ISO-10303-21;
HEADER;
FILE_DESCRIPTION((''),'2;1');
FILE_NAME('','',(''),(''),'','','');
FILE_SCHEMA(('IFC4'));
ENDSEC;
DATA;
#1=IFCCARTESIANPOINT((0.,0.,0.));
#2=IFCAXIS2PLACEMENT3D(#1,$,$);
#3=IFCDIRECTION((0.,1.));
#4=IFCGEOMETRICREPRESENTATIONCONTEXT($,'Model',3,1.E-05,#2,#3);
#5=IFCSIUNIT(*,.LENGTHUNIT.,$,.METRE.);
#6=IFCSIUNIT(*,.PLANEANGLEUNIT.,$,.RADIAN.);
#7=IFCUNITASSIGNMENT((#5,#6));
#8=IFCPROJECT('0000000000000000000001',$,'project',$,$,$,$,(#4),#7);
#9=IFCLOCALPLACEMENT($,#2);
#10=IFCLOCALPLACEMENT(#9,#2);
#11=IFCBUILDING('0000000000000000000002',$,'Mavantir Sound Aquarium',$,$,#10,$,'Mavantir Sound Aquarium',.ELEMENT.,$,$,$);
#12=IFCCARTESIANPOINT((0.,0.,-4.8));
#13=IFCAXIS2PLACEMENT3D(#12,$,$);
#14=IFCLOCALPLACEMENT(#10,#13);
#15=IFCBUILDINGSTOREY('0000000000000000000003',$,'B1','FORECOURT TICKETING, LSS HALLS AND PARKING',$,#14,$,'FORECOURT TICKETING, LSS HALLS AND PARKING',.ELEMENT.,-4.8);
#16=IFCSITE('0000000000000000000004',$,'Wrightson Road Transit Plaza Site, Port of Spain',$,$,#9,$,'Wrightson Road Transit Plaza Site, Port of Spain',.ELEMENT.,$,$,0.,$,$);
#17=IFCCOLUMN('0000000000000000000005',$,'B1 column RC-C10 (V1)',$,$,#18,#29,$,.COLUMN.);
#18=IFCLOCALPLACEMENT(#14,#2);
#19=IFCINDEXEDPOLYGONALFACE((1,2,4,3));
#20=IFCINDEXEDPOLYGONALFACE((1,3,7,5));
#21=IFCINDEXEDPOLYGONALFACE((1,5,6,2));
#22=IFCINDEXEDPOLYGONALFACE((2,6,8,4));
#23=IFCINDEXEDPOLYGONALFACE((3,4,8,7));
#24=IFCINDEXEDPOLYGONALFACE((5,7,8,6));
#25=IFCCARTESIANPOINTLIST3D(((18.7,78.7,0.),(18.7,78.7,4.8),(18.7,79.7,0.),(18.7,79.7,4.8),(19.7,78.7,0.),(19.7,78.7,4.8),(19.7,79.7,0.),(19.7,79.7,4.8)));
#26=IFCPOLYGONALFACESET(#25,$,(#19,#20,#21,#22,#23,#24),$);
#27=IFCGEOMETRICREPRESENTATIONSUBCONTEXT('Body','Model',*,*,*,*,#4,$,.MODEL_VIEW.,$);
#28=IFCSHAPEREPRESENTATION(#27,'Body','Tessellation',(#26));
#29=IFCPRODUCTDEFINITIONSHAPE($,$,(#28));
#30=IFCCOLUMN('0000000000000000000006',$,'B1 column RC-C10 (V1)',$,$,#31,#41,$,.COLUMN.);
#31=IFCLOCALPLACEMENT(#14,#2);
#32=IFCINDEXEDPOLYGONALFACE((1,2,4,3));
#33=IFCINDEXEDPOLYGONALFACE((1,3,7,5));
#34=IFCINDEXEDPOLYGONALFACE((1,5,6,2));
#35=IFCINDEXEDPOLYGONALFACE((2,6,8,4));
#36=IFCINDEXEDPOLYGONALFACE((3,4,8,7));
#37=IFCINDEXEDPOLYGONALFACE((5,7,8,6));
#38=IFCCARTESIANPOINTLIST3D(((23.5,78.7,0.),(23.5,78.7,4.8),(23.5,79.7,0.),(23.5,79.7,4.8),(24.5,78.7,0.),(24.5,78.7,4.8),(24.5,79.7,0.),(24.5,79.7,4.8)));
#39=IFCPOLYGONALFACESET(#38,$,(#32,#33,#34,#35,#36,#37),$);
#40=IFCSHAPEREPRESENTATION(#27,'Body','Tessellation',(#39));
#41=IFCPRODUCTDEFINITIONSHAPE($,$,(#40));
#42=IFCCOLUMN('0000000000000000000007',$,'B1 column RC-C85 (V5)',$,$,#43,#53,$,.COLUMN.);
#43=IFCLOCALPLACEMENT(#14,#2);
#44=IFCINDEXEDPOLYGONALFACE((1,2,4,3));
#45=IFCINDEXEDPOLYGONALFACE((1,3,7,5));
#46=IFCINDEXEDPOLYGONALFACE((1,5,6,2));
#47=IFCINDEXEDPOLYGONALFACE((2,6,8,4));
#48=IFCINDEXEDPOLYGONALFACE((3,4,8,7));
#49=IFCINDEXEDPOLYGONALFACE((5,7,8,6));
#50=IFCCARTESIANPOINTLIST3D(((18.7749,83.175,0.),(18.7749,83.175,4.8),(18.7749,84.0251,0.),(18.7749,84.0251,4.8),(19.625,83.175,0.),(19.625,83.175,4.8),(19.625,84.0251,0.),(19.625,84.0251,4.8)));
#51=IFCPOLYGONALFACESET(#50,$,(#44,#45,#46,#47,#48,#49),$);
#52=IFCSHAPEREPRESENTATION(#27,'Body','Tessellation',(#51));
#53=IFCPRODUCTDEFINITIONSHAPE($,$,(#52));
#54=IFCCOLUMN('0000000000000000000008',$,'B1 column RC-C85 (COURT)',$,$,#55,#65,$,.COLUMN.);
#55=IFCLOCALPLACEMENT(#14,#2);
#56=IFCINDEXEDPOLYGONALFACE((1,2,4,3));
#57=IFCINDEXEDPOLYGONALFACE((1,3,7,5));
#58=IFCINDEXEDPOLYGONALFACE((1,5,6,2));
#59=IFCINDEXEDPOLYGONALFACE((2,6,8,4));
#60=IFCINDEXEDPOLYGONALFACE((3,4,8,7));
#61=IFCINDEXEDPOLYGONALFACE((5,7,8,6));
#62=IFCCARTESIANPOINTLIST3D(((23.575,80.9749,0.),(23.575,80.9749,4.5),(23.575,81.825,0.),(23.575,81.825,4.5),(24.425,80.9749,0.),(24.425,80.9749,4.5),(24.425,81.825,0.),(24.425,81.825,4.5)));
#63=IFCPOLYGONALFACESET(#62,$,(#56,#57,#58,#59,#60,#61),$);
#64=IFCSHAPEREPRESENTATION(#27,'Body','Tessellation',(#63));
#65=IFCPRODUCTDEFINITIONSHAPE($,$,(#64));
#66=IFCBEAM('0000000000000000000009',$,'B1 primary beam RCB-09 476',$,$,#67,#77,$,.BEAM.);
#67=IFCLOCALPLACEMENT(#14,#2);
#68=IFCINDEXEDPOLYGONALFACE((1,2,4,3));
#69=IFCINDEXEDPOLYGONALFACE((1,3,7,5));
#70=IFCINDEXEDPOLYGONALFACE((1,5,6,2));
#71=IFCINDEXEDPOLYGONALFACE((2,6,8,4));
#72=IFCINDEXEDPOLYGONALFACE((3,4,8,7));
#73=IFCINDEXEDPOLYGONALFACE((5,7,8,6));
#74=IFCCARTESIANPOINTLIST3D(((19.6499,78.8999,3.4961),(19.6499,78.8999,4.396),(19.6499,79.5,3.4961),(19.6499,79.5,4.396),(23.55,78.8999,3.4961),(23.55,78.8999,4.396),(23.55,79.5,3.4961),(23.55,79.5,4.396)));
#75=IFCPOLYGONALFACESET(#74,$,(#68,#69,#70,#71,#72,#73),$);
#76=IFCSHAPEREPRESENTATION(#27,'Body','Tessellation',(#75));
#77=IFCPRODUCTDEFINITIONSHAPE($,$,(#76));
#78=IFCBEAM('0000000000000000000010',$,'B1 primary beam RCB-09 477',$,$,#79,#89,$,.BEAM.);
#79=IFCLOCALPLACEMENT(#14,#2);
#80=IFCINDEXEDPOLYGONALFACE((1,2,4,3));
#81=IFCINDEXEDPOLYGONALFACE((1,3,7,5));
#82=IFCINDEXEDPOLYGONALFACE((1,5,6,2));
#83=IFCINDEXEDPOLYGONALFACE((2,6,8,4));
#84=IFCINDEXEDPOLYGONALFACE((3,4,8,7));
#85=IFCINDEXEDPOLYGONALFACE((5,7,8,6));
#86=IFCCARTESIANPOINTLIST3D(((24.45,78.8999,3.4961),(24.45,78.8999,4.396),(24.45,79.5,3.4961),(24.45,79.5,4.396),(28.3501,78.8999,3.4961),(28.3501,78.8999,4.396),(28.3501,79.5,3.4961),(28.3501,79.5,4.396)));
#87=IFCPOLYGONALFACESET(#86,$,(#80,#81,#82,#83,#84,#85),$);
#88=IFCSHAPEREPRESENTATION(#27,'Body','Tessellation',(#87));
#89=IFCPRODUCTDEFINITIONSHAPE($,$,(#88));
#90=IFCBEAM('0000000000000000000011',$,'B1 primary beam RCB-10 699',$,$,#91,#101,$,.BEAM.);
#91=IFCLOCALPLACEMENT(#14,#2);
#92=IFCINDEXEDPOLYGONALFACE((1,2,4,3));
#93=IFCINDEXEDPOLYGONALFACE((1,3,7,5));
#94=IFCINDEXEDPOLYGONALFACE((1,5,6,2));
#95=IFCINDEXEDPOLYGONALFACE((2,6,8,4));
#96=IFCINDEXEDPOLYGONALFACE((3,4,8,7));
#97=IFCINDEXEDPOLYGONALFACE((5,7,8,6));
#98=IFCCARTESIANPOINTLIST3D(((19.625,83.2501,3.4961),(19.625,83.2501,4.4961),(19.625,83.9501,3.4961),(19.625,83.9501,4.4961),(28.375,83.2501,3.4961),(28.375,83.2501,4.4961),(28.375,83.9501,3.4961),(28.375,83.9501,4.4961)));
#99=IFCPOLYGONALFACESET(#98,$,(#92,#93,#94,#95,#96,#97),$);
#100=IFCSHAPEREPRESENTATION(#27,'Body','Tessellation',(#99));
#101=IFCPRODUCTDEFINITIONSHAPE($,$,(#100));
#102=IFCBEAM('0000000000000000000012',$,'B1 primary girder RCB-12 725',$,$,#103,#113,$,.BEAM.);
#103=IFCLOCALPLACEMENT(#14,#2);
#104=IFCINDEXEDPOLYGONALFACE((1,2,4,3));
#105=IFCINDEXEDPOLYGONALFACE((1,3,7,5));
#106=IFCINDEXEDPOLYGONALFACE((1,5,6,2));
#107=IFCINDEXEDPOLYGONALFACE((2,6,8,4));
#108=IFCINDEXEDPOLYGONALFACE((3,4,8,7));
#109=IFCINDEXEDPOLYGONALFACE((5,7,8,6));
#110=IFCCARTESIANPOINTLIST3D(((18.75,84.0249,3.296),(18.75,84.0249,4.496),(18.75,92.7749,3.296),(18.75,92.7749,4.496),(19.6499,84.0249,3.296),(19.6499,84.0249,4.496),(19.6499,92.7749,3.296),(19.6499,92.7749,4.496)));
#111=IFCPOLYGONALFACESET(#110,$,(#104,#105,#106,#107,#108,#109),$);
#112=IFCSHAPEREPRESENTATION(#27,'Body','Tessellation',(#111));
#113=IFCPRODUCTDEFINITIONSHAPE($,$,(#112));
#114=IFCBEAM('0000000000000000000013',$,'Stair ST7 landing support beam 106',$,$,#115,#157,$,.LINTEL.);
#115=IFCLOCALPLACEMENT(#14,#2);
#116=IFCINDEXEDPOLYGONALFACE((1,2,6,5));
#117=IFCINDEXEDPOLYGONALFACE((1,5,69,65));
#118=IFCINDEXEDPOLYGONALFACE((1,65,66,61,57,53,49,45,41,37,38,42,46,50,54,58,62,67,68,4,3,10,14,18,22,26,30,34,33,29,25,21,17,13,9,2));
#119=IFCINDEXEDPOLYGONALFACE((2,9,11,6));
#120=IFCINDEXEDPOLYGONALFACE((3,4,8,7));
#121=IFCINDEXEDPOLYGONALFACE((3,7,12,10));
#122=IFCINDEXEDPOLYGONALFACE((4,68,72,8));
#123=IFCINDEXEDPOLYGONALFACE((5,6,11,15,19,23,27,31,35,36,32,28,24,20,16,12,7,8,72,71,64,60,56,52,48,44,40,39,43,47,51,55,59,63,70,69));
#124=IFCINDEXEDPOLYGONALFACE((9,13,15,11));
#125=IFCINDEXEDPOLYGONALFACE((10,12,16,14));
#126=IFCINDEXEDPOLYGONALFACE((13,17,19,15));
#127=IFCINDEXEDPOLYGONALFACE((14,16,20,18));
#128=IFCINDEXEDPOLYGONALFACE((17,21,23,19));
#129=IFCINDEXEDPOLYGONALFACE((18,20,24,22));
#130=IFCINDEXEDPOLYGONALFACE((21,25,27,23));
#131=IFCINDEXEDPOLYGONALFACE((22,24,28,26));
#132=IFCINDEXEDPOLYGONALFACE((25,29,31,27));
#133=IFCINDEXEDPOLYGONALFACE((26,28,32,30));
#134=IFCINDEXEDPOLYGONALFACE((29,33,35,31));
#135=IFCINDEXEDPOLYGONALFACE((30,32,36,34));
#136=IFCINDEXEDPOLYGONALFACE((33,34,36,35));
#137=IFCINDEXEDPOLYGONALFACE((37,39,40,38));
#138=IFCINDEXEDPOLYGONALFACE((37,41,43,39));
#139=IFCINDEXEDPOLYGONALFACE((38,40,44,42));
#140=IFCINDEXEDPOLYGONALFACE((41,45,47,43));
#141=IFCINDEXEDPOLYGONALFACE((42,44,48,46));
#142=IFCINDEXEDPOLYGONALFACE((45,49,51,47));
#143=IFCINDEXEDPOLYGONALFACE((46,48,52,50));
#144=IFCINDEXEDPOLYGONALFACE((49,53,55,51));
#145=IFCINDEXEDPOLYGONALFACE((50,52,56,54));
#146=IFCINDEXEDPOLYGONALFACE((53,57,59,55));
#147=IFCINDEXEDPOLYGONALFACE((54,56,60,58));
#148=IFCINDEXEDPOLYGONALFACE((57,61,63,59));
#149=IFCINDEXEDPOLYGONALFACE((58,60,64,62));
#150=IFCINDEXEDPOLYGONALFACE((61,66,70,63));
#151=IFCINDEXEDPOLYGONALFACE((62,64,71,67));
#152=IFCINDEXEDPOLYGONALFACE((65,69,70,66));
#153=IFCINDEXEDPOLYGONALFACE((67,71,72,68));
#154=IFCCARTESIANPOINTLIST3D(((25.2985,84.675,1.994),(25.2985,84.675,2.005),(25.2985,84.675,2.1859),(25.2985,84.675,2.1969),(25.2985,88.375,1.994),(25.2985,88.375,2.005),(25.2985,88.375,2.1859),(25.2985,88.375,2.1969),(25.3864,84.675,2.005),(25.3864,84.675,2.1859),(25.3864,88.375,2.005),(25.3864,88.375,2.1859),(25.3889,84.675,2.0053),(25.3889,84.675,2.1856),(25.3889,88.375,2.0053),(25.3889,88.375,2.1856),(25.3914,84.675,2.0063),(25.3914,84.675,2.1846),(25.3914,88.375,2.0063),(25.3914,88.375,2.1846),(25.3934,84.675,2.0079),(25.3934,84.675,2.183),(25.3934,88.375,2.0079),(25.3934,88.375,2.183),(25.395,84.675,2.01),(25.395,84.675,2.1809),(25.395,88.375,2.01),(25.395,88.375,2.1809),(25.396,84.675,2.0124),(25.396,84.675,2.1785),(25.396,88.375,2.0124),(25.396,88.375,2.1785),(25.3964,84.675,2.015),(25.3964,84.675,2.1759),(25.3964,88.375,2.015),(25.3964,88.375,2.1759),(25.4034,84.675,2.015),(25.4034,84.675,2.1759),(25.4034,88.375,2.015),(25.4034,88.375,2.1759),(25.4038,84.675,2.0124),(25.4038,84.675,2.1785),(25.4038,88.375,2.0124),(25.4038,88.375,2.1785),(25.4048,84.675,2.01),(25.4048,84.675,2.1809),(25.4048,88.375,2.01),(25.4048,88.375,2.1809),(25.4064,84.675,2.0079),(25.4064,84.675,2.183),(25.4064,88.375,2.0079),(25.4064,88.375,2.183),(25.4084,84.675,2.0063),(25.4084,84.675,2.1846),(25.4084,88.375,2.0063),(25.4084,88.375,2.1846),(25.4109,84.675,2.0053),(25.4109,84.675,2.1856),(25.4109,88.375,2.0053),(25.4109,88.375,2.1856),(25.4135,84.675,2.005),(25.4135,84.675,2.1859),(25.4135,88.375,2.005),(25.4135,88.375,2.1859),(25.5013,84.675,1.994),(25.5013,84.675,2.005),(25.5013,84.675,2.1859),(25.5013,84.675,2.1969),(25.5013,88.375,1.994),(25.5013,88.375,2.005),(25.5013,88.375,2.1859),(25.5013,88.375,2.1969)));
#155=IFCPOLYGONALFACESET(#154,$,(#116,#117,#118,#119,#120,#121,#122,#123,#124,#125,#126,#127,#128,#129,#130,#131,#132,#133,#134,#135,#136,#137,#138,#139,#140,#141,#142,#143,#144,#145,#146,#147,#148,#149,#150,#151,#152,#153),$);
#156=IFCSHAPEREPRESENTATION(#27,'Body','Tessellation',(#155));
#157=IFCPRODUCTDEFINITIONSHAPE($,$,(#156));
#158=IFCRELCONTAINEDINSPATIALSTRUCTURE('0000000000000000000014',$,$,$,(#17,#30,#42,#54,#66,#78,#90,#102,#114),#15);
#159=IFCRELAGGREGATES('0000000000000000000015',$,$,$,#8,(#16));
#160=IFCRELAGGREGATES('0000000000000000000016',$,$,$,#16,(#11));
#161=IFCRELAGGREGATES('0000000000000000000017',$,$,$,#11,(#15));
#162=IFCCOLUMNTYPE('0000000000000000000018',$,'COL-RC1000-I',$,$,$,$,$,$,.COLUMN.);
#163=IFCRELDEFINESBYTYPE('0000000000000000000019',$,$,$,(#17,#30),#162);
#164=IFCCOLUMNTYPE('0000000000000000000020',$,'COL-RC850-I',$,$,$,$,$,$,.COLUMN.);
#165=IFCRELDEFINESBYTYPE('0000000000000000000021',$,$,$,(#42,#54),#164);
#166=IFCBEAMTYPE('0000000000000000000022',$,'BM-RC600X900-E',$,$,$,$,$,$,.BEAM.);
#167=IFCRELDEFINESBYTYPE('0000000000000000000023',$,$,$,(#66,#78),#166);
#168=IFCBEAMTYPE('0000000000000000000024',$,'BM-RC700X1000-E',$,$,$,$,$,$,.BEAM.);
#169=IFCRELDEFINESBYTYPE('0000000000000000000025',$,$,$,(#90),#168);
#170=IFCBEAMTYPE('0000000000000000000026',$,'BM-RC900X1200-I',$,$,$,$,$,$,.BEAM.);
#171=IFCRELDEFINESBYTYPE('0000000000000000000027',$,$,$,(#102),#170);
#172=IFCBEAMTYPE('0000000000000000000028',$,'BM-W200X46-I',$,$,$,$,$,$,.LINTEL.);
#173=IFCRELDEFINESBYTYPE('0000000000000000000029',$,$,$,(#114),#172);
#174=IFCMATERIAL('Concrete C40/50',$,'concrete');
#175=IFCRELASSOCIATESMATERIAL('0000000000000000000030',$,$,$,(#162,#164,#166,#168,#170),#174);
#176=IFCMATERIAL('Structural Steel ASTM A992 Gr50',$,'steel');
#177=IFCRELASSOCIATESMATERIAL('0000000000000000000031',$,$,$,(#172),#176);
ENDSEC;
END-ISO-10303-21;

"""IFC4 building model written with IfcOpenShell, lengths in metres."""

from ifc_helpers import new_model, si_unit, direction, frame, origin, origin_2d, place, context, subcontext, project, spatial, rectangle, i_section, extrude, material, material_profile, profile_set, type_object, element, save


model = new_model("IFC4")

# Units and contexts
model_context = context("Model", 3, precision=1e-05, world=origin(), true_north=direction((0.0, 1.0)))
body_context = subcontext(model_context, "Body", "Model", "MODEL_VIEW")
ifc_project = project(units=[si_unit("LENGTHUNIT", "METRE"), si_unit("PLANEANGLEUNIT", "RADIAN")], contexts=[model_context])

# Site, building, storey
site_placement = place(None, origin())
site = spatial("IfcSite", under=ifc_project, at=site_placement, Name="Wrightson Road Transit Plaza Site, Port of Spain", LongName="Wrightson Road Transit Plaza Site, Port of Spain", CompositionType="ELEMENT", RefElevation=0.0)
building_placement = place(site_placement, origin())
building = spatial("IfcBuilding", under=site, at=building_placement, Name="Mavantir Sound Aquarium", LongName="Mavantir Sound Aquarium", CompositionType="ELEMENT")
storey_placement = place(building_placement, frame((0.0, 0.0, -4.8)))
storey = spatial("IfcBuildingStorey", under=building, at=storey_placement, Name="B1", Description="FORECOURT TICKETING, LSS HALLS AND PARKING", LongName="FORECOURT TICKETING, LSS HALLS AND PARKING", CompositionType="ELEMENT", Elevation=-4.8)

# Columns
ifc_material_1 = material(Name="Concrete C40/50", Category="concrete")
ifc_material_profile_1 = material_profile(ifc_material_1, rectangle(XDim=1.0, YDim=1.0, at=origin_2d()), Name="RC 1000X1000")
ifc_profile_set_1 = profile_set([ifc_material_profile_1], Name="Concrete C40/50")
column_type_1 = type_object("IfcColumnType", Name="COL-RC1000-I", PredefinedType="COLUMN", material=ifc_profile_set_1)
for number, where, z_axis, x_axis, name in (
    (1, (19.2, 79.2, 0.0), (0.0, 0.0, 1.0), (1.0, 0.0, 0.0), "B1 column RC-C10 (V1)"),
    (2, (24.0, 79.2, 0.0), (0.0, 0.0, 1.0), (1.0, 0.0, 0.0), "B1 column RC-C10 (V1)"),
):
    element("IfcColumn", number, at=place(storey_placement, frame(where, z_axis=z_axis, x_axis=x_axis)), inside=storey, type_object=column_type_1, Name=name, PredefinedType="COLUMN", context=body_context, shape_type="SweptSolid", body=[
        extrude(rectangle(XDim=1.0, YDim=1.0, at=origin_2d()), origin(), (0.0, 0.0, 1.0), 4.8),
    ])
ifc_material_profile_2 = material_profile(ifc_material_1, rectangle(XDim=0.8501, YDim=0.8501, at=origin_2d()), Name="RC 850X850")
ifc_profile_set_2 = profile_set([ifc_material_profile_2], Name="Concrete C40/50")
column_type_2 = type_object("IfcColumnType", Name="COL-RC850-I", PredefinedType="COLUMN", material=ifc_profile_set_2)
column_1_placement = place(storey_placement, frame((19.2, 83.6001, 0.0), z_axis=(0.0, 0.0, 1.0), x_axis=(1.0, 0.0, 0.0)))
element("IfcColumn", 3, at=column_1_placement, inside=storey, type_object=column_type_2, Name="B1 column RC-C85 (V5)", PredefinedType="COLUMN", context=body_context, shape_type="SweptSolid", body=[
    extrude(rectangle(XDim=0.8501, YDim=0.8501, at=origin_2d()), origin(), (0.0, 0.0, 1.0), 4.8),
])
column_2_placement = place(storey_placement, frame((24.0, 81.3999, 0.0), z_axis=(0.0, 0.0, 1.0), x_axis=(1.0, 0.0, 0.0)))
element("IfcColumn", 4, at=column_2_placement, inside=storey, type_object=column_type_2, Name="B1 column RC-C85 (COURT)", PredefinedType="COLUMN", context=body_context, shape_type="SweptSolid", body=[
    extrude(rectangle(XDim=0.8501, YDim=0.8501, at=origin_2d()), origin(), (0.0, 0.0, 1.0), 4.5),
])

# Beams
ifc_material_profile_3 = material_profile(ifc_material_1, rectangle(XDim=0.6001, YDim=0.8999, at=origin_2d()), Name="RC 600X900")
ifc_profile_set_3 = profile_set([ifc_material_profile_3], Name="Concrete C40/50")
beam_type_1 = type_object("IfcBeamType", Name="BM-RC600X900-E", PredefinedType="BEAM", material=ifc_profile_set_3)
for number, where, z_axis, x_axis, name in (
    (5, (19.6499, 79.2, 3.946), (1.0, 0.0, 0.0), (0.0, 1.0, 0.0), "B1 primary beam RCB-09 476"),
    (6, (24.45, 79.2, 3.946), (1.0, 0.0, 0.0), (0.0, 1.0, 0.0), "B1 primary beam RCB-09 477"),
):
    element("IfcBeam", number, at=place(storey_placement, frame(where, z_axis=z_axis, x_axis=x_axis)), inside=storey, type_object=beam_type_1, Name=name, PredefinedType="BEAM", context=body_context, shape_type="SweptSolid", body=[
        extrude(rectangle(XDim=0.6001, YDim=0.8999, at=origin_2d()), origin(), (0.0, 0.0, 1.0), 3.9001),
    ])
ifc_material_profile_4 = material_profile(ifc_material_1, rectangle(XDim=0.7, YDim=1.0, at=origin_2d()), Name="RC 700X1000")
ifc_profile_set_4 = profile_set([ifc_material_profile_4], Name="Concrete C40/50")
beam_type_2 = type_object("IfcBeamType", Name="BM-RC700X1000-E", PredefinedType="BEAM", material=ifc_profile_set_4)
beam_1_placement = place(storey_placement, frame((19.625, 83.6001, 3.9961), z_axis=(1.0, 0.0, 0.0), x_axis=(0.0, 1.0, 0.0)))
element("IfcBeam", 7, at=beam_1_placement, inside=storey, type_object=beam_type_2, Name="B1 primary beam RCB-10 699", PredefinedType="BEAM", context=body_context, shape_type="SweptSolid", body=[
    extrude(rectangle(XDim=0.7, YDim=1.0, at=origin_2d()), origin(), (0.0, 0.0, 1.0), 8.75),
])
ifc_material_profile_5 = material_profile(ifc_material_1, rectangle(XDim=0.8999, YDim=1.2, at=origin_2d()), Name="RC 900X1200")
ifc_profile_set_5 = profile_set([ifc_material_profile_5], Name="Concrete C40/50")
beam_type_3 = type_object("IfcBeamType", Name="BM-RC900X1200-I", PredefinedType="BEAM", material=ifc_profile_set_5)
beam_2_placement = place(storey_placement, frame((19.2, 84.0249, 3.896), z_axis=(0.0, 1.0, 0.0), x_axis=(-1.0, 0.0, 0.0)))
element("IfcBeam", 8, at=beam_2_placement, inside=storey, type_object=beam_type_3, Name="B1 primary girder RCB-12 725", PredefinedType="BEAM", context=body_context, shape_type="SweptSolid", body=[
    extrude(rectangle(XDim=0.8999, YDim=1.2, at=origin_2d()), origin(), (0.0, 0.0, 1.0), 8.75),
])
ifc_material_2 = material(Name="Structural Steel ASTM A992 Gr50", Category="steel")
ifc_material_profile_6 = material_profile(ifc_material_2, i_section(OverallWidth=0.2029, OverallDepth=0.2029, WebThickness=0.0071, FlangeThickness=0.011, FilletRadius=0.01, at=origin_2d()), Name="W200X46")
ifc_profile_set_6 = profile_set([ifc_material_profile_6], Name="Structural Steel ASTM A992 Gr50")
beam_type_4 = type_object("IfcBeamType", Name="BM-W200X46-I", PredefinedType="LINTEL", material=ifc_profile_set_6)
for number, where, z_axis, x_axis, name in (
    (9, (25.3999, 84.675, 2.0955), (0.0, 1.0, 0.0), (-1.0, 0.0, 0.0), "Stair ST7 landing support beam 106"),
):
    element("IfcBeam", number, at=place(storey_placement, frame(where, z_axis=z_axis, x_axis=x_axis)), inside=storey, type_object=beam_type_4, Name=name, PredefinedType="LINTEL", context=body_context, shape_type="SweptSolid", body=[
        extrude(i_section(OverallWidth=0.2029, OverallDepth=0.2029, WebThickness=0.0071, FlangeThickness=0.011, FilletRadius=0.01, at=origin_2d()), origin(), (0.0, 0.0, 1.0), 3.7),
    ])

save(model, "model.ifc")
